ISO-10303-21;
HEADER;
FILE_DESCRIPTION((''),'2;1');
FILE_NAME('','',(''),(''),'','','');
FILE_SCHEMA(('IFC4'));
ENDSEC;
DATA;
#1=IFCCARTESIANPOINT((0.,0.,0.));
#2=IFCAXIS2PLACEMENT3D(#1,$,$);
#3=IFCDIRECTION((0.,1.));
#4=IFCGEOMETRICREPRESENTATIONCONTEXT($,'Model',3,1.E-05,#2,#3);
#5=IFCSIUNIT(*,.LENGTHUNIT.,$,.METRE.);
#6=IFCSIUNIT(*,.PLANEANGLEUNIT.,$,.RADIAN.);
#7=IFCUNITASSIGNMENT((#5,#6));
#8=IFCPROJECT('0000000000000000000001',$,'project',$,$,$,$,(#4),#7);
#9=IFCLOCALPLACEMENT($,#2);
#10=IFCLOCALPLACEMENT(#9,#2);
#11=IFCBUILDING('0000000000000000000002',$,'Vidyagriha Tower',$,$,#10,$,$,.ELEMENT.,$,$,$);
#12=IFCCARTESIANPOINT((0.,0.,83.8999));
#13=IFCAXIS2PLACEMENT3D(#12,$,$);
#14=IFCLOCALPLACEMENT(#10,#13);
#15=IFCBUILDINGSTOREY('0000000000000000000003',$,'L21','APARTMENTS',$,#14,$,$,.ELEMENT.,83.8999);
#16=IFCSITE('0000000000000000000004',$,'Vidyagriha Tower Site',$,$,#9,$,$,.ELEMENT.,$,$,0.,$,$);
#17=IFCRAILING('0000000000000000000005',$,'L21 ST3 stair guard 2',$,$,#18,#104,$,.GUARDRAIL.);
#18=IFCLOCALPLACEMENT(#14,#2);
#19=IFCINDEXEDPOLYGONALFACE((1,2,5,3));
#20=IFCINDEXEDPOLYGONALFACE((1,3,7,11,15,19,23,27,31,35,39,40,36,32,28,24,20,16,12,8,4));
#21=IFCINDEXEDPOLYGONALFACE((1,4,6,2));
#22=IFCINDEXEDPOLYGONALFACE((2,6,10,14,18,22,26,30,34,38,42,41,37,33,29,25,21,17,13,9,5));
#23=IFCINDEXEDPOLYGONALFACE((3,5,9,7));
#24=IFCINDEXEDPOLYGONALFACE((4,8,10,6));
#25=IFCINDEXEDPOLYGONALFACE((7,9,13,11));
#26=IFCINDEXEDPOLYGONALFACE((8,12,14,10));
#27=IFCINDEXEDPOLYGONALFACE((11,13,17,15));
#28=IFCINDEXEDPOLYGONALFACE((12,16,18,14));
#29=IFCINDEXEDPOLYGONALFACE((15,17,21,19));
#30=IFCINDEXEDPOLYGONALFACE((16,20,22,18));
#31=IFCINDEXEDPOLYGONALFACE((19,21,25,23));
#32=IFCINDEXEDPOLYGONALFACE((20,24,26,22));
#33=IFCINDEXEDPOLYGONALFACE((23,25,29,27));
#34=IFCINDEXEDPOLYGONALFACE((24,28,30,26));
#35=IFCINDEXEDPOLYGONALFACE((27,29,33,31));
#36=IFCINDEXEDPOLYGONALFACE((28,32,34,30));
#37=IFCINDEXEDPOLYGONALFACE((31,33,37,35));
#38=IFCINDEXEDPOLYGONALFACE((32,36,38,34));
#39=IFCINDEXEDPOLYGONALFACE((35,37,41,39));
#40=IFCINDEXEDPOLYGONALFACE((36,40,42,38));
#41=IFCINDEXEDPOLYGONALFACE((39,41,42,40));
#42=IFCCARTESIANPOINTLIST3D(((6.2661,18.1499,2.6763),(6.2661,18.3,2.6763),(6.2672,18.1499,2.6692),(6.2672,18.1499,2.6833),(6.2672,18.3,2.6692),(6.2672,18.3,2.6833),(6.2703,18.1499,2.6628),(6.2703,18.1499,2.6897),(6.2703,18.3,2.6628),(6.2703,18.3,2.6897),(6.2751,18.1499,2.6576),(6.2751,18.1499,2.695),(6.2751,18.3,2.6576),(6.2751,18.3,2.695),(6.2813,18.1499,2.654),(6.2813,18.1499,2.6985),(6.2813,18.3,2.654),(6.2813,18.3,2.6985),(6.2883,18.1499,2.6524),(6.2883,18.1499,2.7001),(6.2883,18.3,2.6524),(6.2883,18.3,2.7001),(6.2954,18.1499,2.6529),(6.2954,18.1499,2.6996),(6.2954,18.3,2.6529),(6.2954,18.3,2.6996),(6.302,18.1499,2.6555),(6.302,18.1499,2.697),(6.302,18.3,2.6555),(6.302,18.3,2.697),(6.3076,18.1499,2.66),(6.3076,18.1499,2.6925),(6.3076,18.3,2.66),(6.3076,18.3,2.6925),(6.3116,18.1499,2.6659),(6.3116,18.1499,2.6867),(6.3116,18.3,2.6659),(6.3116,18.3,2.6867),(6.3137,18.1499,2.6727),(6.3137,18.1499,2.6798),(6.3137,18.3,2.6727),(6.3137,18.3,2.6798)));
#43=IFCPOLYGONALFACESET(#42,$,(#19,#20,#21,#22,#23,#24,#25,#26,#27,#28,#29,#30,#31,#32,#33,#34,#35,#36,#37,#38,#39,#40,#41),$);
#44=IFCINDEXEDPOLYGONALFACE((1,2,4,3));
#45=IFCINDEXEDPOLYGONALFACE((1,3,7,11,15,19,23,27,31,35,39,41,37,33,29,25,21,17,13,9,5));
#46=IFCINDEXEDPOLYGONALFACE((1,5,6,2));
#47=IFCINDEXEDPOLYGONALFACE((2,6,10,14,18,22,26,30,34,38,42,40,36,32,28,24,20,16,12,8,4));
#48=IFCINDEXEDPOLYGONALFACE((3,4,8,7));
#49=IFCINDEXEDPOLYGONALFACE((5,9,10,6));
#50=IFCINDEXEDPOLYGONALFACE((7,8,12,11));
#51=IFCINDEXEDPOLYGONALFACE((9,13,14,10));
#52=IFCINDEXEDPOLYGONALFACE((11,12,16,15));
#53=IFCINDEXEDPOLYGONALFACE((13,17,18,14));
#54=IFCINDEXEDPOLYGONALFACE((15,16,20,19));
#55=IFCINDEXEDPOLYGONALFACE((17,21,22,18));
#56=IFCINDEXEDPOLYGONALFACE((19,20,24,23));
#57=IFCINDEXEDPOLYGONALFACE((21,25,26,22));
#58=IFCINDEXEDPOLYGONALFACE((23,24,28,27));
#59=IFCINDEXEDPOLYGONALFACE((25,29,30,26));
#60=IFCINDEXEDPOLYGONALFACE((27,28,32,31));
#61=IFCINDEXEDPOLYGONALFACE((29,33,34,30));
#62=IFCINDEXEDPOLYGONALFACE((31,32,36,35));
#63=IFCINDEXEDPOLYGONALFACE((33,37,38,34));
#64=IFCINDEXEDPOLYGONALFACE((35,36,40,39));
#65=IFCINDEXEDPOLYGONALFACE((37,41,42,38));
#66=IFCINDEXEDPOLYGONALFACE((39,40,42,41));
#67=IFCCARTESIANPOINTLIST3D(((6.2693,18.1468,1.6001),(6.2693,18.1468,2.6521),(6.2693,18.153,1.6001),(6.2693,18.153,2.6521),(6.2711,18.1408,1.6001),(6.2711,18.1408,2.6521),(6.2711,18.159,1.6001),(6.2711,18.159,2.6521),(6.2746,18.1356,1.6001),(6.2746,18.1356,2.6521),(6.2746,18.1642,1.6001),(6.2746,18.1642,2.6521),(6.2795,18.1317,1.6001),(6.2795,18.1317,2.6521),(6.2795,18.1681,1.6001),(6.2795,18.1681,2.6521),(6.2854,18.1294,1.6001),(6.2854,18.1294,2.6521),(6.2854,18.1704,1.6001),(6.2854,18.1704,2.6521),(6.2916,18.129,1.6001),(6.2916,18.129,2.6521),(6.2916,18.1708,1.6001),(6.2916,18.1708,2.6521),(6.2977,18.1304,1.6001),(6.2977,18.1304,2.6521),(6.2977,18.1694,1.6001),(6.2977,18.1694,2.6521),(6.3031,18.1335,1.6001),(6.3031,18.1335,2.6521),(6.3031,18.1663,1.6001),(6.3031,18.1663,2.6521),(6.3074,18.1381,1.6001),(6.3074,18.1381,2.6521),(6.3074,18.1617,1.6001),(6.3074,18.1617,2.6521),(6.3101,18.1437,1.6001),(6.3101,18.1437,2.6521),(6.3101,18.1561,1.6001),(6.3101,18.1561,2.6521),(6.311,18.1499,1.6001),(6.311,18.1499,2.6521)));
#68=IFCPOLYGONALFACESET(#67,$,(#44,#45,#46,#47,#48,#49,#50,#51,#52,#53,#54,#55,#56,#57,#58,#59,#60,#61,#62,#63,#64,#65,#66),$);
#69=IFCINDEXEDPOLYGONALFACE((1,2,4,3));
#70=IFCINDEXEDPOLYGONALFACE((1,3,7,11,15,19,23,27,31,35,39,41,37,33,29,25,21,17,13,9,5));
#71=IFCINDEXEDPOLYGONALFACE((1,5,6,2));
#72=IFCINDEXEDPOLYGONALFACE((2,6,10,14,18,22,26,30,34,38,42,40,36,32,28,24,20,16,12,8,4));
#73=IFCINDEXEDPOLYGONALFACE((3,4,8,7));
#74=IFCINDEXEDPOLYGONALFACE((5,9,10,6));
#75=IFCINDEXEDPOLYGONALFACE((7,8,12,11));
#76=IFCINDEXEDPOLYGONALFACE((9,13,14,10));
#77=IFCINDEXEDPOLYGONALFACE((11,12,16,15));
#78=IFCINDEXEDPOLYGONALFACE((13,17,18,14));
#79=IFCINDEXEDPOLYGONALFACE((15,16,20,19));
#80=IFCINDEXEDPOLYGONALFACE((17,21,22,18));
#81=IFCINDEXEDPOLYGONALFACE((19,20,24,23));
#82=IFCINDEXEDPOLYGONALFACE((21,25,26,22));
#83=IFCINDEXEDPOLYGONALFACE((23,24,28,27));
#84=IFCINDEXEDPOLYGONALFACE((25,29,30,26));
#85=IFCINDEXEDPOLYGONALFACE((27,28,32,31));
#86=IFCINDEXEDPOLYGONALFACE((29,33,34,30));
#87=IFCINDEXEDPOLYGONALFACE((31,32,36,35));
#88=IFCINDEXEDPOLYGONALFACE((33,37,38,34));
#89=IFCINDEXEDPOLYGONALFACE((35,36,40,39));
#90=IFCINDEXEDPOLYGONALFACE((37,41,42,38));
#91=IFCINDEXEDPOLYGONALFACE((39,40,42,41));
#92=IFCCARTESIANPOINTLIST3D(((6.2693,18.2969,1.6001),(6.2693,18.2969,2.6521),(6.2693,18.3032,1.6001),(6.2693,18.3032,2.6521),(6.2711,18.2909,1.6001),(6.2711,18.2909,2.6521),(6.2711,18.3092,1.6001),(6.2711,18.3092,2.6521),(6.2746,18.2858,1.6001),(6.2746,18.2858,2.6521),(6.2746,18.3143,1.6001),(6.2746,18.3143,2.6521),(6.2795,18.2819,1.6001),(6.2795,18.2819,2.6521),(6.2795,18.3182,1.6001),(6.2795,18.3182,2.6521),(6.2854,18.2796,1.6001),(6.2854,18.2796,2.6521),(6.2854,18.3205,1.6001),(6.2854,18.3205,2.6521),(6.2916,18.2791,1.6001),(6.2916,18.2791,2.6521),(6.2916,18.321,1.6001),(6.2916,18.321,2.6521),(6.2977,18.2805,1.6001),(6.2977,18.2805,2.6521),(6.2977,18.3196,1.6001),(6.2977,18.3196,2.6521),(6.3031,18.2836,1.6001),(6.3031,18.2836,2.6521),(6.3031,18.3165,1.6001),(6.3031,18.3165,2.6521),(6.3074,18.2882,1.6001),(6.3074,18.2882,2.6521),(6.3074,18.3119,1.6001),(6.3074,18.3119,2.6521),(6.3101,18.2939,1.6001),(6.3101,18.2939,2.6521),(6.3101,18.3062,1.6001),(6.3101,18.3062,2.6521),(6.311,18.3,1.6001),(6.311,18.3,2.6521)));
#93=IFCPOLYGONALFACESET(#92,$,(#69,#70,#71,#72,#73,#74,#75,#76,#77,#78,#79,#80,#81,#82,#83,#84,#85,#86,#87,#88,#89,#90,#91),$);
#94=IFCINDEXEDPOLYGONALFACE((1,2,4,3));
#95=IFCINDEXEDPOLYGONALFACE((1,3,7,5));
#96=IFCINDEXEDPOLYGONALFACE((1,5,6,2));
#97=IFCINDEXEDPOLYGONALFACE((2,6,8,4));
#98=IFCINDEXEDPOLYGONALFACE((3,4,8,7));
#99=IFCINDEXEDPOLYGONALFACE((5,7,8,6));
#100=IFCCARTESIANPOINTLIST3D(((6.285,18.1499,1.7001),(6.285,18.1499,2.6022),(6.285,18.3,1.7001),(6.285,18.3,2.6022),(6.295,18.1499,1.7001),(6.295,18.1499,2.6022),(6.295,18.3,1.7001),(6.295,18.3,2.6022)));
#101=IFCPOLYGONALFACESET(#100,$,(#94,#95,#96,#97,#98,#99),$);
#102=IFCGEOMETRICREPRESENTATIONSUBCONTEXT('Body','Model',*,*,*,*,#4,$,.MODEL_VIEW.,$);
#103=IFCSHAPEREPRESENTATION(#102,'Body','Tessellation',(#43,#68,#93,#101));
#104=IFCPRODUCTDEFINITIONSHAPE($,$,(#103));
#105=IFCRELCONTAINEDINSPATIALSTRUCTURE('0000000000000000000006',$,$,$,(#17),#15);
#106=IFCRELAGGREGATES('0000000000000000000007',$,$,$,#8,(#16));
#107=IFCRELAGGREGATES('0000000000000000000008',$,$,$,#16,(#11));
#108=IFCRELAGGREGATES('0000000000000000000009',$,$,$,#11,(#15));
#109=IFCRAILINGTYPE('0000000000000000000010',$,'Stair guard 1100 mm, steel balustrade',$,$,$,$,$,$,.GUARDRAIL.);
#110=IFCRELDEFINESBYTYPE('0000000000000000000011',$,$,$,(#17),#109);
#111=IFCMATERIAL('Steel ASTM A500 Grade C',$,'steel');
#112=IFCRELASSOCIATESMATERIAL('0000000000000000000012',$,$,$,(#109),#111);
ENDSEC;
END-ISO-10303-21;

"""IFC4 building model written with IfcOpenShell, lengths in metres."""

from ifc_helpers import new_model, si_unit, direction, frame, origin, origin_2d, place, context, subcontext, project, spatial, rectangle, circle, extrude, material, type_object, element, save


model = new_model("IFC4")

# Units and contexts
model_context = context("Model", 3, precision=1e-05, world=origin(), true_north=direction((0.0, 1.0)))
body_context = subcontext(model_context, "Body", "Model", "MODEL_VIEW")
ifc_project = project(units=[si_unit("LENGTHUNIT", "METRE"), si_unit("PLANEANGLEUNIT", "RADIAN")], contexts=[model_context])

# Site, building, storey
site_placement = place(None, origin())
site = spatial("IfcSite", under=ifc_project, at=site_placement, Name="Vidyagriha Tower Site", CompositionType="ELEMENT", RefElevation=0.0)
building_placement = place(site_placement, origin())
building = spatial("IfcBuilding", under=site, at=building_placement, Name="Vidyagriha Tower", CompositionType="ELEMENT")
storey_placement = place(building_placement, frame((0.0, 0.0, 83.8999)))
storey = spatial("IfcBuildingStorey", under=building, at=storey_placement, Name="L21", Description="APARTMENTS", CompositionType="ELEMENT", Elevation=83.8999)

# Railing
ifc_material_1 = material(Name="Steel ASTM A500 Grade C", Category="steel")
railing_type_1 = type_object("IfcRailingType", Name="Stair guard 1100 mm, steel balustrade", PredefinedType="GUARDRAIL", material=ifc_material_1)
railing_1_placement = place(storey_placement, frame((6.29, 18.1499, 1.6001)))
element("IfcRailing", 1, at=railing_1_placement, inside=storey, type_object=railing_type_1, Name="L21 ST3 stair guard 2", PredefinedType="GUARDRAIL", context=body_context, shape_type="SweptSolid", body=[
    extrude(circle(Radius=0.0239, at=origin_2d()), frame((0.0, 0.0, 1.0762), z_axis=(0.0, 1.0, 0.0), x_axis=(-1.0, 0.0, 0.0)), (0.0, 0.0, 1.0), 0.1501),
    extrude(circle(Radius=0.021, at=origin_2d()), origin(), (0.0, 0.0, 1.0), 1.052),
    extrude(circle(Radius=0.021, at=origin_2d()), frame((0.0, 0.1501, 0.0)), (0.0, 0.0, 1.0), 1.052),
    extrude(rectangle(XDim=0.01, YDim=0.9021, at=origin_2d()), frame((0.0, 0.0, 0.551), z_axis=(0.0, 1.0, 0.0), x_axis=(-1.0, 0.0, 0.0)), (0.0, 0.0, 1.0), 0.1501),
])

save(model, "model.ifc")
